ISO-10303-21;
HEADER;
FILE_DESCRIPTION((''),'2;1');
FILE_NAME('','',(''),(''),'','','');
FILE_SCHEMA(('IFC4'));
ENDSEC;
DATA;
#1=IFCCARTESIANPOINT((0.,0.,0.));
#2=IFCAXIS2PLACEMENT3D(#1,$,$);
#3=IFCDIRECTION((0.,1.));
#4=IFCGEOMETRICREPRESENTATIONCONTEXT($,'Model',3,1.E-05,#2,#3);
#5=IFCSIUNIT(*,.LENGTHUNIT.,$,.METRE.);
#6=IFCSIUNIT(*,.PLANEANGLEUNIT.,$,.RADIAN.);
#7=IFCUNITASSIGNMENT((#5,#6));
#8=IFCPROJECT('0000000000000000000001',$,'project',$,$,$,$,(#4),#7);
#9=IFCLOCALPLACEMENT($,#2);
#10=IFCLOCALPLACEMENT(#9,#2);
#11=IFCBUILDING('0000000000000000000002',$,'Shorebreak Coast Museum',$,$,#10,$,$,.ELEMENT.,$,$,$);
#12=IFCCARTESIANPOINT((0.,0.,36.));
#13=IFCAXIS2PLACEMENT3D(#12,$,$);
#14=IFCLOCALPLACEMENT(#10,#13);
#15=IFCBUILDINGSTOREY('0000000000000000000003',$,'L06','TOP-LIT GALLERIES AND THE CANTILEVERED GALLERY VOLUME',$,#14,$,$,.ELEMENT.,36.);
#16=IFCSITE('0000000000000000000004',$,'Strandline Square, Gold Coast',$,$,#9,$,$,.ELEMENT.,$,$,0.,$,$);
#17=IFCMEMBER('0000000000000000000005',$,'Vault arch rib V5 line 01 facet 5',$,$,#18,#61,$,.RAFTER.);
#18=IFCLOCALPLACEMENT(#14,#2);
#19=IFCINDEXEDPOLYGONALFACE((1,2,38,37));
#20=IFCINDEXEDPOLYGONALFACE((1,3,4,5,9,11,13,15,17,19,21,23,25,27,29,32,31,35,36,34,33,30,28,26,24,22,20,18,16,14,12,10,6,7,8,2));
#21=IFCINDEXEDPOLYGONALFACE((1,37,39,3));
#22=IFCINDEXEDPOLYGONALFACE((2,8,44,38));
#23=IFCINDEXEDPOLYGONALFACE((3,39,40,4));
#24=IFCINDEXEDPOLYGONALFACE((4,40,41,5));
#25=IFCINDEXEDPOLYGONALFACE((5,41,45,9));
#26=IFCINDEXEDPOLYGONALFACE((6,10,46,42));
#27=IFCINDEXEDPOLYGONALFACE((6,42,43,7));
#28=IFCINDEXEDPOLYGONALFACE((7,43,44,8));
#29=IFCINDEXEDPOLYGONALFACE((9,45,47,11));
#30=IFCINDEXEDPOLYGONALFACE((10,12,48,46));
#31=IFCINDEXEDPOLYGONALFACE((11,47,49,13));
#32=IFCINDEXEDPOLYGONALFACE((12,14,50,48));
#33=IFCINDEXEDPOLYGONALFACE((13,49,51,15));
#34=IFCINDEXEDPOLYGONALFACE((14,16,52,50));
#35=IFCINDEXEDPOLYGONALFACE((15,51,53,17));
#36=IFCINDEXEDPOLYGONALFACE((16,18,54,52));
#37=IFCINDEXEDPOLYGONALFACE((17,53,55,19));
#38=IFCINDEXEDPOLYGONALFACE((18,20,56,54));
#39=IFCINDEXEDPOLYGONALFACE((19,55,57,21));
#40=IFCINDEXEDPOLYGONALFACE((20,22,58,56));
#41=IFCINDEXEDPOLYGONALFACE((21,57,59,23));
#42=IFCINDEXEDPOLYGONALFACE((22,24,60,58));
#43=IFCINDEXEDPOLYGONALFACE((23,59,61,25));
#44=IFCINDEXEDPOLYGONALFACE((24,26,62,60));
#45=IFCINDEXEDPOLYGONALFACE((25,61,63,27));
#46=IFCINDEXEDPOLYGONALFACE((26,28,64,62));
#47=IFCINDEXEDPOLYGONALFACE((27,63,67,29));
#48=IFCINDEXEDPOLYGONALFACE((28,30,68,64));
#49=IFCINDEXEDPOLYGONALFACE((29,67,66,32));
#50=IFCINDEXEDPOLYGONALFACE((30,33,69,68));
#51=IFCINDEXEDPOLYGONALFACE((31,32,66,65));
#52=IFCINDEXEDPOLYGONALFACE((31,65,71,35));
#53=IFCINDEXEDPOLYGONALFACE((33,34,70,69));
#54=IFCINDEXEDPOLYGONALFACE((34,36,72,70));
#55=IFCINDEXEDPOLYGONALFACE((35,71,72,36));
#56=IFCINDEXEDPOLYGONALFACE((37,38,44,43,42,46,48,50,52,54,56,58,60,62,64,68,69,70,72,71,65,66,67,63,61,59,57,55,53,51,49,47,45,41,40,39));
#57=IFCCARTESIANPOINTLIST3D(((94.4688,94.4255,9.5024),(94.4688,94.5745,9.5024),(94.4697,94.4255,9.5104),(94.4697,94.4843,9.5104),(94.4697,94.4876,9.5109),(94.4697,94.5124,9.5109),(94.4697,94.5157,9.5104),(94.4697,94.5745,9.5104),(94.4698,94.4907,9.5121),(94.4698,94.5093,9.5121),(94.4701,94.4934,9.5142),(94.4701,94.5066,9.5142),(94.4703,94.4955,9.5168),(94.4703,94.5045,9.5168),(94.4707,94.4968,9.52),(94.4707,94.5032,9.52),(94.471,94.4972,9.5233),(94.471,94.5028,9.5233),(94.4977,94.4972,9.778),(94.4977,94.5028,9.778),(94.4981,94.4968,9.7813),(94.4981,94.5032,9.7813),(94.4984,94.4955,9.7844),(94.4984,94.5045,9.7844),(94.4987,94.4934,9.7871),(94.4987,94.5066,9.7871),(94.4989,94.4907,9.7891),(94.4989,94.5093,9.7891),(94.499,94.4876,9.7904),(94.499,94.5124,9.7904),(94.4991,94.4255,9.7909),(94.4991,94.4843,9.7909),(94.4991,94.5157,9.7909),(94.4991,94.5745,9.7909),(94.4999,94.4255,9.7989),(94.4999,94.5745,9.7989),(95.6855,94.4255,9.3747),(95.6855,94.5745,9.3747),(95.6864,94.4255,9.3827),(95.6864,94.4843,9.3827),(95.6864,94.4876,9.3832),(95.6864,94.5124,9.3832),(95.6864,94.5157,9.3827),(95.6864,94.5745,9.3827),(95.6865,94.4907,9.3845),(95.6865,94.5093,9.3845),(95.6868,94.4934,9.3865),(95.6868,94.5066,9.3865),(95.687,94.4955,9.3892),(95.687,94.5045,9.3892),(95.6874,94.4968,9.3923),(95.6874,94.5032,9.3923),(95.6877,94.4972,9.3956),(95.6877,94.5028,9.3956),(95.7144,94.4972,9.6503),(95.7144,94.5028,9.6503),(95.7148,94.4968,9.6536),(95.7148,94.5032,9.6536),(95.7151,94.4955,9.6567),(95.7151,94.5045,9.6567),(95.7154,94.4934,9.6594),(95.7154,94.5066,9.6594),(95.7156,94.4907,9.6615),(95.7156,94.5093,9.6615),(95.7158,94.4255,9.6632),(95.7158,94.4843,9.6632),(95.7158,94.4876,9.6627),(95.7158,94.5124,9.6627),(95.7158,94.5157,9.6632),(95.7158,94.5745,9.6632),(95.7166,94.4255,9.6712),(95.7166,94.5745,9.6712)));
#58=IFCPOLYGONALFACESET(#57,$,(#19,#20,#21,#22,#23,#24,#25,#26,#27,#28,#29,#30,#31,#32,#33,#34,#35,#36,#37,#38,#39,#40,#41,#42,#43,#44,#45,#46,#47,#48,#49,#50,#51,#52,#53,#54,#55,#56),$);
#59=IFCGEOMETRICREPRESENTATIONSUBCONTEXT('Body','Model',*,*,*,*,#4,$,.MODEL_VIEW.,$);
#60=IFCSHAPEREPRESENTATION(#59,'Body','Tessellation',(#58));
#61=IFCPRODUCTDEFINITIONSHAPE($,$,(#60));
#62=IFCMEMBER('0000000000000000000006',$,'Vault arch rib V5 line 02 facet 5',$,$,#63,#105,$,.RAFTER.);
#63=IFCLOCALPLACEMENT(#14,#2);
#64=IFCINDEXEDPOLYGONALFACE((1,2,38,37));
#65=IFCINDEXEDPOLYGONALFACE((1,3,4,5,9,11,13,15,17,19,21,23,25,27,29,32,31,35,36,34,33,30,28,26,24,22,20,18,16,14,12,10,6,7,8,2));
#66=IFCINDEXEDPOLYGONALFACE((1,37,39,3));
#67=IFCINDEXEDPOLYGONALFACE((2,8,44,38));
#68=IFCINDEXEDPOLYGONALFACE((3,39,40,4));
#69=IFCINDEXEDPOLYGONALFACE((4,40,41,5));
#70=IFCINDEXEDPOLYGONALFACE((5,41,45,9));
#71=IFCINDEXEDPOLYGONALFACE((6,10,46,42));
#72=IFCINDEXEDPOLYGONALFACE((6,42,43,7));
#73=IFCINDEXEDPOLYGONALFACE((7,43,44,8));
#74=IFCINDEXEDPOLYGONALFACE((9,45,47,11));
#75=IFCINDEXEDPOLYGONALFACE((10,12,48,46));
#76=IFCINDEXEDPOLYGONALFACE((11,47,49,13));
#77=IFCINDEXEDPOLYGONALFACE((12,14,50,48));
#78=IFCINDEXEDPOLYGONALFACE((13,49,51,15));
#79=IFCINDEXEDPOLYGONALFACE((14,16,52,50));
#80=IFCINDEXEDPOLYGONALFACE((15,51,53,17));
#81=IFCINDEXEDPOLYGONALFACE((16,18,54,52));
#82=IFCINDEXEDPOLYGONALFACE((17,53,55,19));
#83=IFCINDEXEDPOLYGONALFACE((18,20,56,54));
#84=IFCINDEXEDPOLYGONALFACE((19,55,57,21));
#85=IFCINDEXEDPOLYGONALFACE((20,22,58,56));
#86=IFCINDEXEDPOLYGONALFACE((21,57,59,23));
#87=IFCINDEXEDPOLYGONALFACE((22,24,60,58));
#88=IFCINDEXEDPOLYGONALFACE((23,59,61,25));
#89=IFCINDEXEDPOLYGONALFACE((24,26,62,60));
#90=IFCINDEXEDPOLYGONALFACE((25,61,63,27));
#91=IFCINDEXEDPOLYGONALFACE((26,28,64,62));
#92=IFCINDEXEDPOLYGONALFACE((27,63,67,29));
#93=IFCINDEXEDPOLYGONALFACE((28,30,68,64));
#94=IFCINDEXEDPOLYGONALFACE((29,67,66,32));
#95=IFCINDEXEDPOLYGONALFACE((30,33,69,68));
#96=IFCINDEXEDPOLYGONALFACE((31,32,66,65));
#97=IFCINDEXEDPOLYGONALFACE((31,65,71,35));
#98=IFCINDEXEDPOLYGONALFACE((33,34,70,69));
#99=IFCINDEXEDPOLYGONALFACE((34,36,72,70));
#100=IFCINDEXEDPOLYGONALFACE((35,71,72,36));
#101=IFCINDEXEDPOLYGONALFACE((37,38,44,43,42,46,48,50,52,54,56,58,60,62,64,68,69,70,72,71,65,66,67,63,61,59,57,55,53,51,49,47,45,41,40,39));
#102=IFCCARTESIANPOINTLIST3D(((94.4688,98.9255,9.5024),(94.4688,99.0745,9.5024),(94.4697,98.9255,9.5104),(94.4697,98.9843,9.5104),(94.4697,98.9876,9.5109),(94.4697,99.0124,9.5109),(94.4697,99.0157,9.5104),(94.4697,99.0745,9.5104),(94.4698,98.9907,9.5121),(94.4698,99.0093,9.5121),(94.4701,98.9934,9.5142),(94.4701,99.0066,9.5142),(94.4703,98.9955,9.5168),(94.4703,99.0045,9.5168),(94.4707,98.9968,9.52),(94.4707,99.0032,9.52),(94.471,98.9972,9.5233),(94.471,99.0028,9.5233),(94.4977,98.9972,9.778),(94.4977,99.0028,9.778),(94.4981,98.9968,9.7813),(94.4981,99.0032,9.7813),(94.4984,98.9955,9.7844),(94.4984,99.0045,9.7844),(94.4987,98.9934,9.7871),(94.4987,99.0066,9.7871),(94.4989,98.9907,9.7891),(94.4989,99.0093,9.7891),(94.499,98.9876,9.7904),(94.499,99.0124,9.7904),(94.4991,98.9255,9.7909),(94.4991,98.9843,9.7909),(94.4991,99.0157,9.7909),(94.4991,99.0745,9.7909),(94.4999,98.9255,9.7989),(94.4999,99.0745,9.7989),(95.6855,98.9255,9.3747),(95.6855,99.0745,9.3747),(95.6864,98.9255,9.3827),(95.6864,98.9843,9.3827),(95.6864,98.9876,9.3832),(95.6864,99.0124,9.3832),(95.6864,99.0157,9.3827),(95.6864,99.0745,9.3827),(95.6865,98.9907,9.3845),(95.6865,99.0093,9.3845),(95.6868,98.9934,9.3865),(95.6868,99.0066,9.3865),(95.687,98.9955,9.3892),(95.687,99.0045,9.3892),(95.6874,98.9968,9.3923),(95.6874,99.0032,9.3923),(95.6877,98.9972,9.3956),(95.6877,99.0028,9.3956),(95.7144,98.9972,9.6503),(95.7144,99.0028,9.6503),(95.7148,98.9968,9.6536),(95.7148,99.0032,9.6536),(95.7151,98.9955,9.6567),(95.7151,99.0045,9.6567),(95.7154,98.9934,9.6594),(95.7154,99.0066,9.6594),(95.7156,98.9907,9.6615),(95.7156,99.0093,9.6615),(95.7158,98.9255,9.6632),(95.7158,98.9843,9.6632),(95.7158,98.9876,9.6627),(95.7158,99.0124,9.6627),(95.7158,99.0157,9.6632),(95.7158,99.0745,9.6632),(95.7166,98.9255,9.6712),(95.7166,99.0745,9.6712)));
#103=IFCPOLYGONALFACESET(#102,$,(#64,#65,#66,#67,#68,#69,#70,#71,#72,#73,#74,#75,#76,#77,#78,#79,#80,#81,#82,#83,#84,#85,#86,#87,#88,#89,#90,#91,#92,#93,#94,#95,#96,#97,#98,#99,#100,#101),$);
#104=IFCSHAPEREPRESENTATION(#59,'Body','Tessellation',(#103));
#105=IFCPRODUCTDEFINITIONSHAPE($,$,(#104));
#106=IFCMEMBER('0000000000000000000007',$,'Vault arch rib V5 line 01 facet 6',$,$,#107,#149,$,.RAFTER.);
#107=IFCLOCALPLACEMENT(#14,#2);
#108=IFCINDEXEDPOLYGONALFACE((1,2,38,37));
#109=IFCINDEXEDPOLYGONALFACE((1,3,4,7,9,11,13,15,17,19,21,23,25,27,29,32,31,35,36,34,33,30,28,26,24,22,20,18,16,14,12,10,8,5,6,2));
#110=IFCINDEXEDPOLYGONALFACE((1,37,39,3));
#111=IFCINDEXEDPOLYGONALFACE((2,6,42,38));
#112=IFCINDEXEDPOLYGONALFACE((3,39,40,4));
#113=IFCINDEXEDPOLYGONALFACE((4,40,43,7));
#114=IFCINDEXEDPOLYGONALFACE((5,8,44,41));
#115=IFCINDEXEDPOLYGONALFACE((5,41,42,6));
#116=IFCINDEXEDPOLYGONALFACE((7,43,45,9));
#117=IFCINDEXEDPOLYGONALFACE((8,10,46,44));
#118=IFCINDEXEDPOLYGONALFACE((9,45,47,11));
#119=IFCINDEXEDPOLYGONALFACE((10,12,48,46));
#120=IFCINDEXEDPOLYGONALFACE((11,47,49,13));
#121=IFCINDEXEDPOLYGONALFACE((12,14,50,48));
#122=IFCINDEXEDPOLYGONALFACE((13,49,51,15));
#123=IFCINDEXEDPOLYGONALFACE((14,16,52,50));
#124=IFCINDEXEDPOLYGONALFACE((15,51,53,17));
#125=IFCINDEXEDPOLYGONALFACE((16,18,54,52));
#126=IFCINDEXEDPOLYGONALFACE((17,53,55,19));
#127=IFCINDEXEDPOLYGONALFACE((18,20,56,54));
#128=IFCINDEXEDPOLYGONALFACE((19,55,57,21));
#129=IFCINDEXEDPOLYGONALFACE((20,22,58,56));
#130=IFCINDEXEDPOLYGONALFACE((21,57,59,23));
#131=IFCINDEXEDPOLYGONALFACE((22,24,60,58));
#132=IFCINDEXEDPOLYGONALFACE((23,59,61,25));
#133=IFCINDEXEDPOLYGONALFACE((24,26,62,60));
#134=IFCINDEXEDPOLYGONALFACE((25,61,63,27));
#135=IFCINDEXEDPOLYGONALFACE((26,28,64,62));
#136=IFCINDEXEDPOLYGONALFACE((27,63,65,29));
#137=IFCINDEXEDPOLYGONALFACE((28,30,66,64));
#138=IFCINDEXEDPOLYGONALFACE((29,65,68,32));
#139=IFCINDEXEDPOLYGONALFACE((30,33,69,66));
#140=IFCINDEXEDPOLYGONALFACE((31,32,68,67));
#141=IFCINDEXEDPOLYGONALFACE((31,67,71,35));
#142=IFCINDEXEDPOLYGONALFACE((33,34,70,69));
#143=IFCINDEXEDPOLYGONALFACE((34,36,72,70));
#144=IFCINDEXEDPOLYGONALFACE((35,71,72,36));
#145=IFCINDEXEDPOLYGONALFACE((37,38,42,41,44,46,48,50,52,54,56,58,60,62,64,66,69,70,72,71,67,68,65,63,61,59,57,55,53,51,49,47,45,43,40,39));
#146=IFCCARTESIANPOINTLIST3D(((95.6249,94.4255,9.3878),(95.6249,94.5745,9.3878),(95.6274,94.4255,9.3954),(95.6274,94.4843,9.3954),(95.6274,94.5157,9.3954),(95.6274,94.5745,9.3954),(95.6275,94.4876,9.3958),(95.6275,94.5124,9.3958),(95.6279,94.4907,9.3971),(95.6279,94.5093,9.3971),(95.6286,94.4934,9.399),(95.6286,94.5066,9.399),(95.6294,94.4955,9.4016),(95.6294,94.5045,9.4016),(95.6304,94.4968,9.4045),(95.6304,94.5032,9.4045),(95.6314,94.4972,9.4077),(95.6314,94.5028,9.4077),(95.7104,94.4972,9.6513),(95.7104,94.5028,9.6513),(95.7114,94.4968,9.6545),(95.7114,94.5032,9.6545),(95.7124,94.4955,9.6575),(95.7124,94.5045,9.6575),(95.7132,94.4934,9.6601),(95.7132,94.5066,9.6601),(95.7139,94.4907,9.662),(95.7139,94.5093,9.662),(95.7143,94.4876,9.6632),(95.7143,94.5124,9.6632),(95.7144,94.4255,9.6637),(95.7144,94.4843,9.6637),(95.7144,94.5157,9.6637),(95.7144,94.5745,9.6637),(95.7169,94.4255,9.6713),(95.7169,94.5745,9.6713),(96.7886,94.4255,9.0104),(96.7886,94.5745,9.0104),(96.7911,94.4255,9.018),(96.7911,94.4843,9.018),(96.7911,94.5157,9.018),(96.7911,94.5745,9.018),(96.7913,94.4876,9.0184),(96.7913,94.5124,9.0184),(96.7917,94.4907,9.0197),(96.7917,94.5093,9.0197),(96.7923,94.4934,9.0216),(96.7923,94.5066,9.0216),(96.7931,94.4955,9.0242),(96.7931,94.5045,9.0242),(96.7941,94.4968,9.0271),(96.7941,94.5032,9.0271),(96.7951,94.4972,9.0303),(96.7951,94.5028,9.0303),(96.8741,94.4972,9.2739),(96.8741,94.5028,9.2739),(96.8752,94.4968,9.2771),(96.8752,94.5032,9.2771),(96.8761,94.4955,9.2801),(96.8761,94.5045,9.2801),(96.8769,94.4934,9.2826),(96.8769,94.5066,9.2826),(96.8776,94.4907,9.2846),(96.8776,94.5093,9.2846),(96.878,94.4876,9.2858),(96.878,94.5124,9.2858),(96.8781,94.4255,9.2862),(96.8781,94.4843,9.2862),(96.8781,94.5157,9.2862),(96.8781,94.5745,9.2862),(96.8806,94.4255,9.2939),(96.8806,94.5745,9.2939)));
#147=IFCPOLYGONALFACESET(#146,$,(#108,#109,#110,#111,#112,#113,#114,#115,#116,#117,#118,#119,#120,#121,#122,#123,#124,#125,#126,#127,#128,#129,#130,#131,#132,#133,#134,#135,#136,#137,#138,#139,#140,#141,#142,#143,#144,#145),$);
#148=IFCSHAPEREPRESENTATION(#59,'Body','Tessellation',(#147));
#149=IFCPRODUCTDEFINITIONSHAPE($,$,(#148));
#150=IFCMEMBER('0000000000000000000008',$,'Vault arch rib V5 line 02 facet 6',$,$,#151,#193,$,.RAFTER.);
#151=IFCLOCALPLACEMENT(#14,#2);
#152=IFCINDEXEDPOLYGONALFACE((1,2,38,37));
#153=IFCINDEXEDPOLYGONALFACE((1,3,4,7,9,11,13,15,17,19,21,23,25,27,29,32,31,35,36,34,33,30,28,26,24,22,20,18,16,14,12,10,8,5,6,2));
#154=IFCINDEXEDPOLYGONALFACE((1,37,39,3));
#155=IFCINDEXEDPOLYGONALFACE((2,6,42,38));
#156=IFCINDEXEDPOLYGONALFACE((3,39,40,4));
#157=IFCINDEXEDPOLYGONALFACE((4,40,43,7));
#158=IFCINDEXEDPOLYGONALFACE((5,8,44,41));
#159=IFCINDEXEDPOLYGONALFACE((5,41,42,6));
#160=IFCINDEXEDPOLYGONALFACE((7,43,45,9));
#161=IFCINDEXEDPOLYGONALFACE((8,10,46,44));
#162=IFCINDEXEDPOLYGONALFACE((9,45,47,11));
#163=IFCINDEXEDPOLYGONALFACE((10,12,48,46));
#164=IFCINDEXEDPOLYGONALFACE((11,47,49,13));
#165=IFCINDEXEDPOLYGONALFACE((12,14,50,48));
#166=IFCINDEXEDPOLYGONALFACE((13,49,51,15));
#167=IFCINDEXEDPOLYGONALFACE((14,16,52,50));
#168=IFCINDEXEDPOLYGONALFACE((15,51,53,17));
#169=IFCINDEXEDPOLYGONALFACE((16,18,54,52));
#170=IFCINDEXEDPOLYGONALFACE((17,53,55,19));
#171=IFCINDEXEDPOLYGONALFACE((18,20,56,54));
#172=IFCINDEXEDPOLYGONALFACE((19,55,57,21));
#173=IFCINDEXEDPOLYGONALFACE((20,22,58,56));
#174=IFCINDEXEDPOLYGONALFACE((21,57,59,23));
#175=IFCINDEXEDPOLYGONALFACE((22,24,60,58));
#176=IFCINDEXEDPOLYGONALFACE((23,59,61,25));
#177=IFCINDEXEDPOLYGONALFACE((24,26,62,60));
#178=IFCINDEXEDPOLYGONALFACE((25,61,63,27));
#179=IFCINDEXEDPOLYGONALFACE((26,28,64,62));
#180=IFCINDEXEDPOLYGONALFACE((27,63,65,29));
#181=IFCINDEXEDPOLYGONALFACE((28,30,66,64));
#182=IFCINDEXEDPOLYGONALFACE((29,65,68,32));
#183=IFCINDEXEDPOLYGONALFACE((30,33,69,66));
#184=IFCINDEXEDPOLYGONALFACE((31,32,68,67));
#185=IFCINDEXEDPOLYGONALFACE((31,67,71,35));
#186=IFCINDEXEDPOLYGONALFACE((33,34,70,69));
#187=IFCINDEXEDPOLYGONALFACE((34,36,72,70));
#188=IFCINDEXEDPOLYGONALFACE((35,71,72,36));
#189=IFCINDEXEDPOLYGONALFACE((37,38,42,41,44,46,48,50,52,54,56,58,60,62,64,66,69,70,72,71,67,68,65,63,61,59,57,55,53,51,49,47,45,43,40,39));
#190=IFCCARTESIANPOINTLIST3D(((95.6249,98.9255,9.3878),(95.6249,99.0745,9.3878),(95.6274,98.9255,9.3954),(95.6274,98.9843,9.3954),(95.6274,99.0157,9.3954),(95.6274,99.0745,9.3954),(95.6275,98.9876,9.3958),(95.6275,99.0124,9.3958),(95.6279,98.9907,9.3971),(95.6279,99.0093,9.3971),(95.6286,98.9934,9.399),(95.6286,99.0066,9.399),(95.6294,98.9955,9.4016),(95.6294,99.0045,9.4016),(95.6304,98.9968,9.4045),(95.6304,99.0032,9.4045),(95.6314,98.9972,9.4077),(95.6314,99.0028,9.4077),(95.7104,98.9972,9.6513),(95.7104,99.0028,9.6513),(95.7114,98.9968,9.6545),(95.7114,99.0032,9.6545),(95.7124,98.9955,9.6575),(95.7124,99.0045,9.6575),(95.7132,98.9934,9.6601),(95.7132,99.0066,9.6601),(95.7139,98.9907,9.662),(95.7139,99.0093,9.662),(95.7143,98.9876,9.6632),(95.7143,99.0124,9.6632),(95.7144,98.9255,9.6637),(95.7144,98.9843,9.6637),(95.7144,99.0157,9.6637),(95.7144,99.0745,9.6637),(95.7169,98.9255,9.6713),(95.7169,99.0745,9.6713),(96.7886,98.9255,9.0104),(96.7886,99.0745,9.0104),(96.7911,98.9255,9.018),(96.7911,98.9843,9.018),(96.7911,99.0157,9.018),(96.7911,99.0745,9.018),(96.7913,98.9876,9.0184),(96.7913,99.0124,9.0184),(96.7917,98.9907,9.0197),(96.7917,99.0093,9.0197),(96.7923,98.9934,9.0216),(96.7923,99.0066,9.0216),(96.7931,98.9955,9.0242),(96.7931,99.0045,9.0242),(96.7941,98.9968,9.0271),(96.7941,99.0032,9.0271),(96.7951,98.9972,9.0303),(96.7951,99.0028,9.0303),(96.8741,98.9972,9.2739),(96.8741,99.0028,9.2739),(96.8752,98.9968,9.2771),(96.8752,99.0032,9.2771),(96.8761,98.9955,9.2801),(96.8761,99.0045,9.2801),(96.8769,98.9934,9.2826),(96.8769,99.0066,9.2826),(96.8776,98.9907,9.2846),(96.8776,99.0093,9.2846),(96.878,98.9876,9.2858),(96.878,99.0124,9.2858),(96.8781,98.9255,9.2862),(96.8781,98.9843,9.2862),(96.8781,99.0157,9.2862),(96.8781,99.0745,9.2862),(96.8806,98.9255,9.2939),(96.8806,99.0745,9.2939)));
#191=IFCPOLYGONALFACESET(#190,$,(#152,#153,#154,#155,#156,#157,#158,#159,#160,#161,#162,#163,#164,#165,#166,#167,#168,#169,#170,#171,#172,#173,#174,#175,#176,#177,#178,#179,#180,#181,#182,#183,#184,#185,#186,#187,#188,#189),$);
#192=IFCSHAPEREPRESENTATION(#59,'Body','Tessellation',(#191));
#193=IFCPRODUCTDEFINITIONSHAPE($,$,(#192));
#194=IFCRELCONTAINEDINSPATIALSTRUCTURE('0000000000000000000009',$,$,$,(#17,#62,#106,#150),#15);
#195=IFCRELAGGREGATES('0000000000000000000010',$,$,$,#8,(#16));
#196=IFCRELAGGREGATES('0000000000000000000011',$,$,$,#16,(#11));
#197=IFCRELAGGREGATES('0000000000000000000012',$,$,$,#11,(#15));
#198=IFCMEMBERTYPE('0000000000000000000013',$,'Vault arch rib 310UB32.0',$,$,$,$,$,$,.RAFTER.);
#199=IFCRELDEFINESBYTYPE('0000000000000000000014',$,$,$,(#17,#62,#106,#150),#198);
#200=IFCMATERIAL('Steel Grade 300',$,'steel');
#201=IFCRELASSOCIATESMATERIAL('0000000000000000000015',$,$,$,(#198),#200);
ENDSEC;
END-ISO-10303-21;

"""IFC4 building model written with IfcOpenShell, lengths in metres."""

from ifc_helpers import new_model, si_unit, direction, frame, origin, origin_2d, place, context, subcontext, project, spatial, i_section, extrude, material, material_profile, profile_set, type_object, element, save


model = new_model("IFC4")

# Units and contexts
model_context = context("Model", 3, precision=1e-05, world=origin(), true_north=direction((0.0, 1.0)))
body_context = subcontext(model_context, "Body", "Model", "MODEL_VIEW")
ifc_project = project(units=[si_unit("LENGTHUNIT", "METRE"), si_unit("PLANEANGLEUNIT", "RADIAN")], contexts=[model_context])

# Site, building, storey
site_placement = place(None, origin())
site = spatial("IfcSite", under=ifc_project, at=site_placement, Name="Strandline Square, Gold Coast", CompositionType="ELEMENT", RefElevation=0.0)
building_placement = place(site_placement, origin())
building = spatial("IfcBuilding", under=site, at=building_placement, Name="Shorebreak Coast Museum", CompositionType="ELEMENT")
storey_placement = place(building_placement, frame((0.0, 0.0, 36.0)))
storey = spatial("IfcBuildingStorey", under=building, at=storey_placement, Name="L06", Description="TOP-LIT GALLERIES AND THE CANTILEVERED GALLERY VOLUME", CompositionType="ELEMENT", Elevation=36.0)

# Members
ifc_material_1 = material(Name="Steel Grade 300", Category="steel")
ifc_material_profile_1 = material_profile(ifc_material_1, i_section(OverallWidth=0.1489, OverallDepth=0.2981, WebThickness=0.0056, FlangeThickness=0.0081, FilletRadius=0.0129, at=origin_2d()), Name="310UB32.0")
ifc_profile_set_1 = profile_set([ifc_material_profile_1], Name="Steel Grade 300")
member_type_1 = type_object("IfcMemberType", Name="Vault arch rib 310UB32.0", PredefinedType="RAFTER", material=ifc_profile_set_1)
for number, where, z_axis, x_axis, name in (
    (1, (94.4844, 94.5, 9.6506), (0.994539, 0.0, -0.104363), (0.0, 1.0, 0.0), "Vault arch rib V5 line 01 facet 5"),
    (2, (94.4844, 99.0, 9.6506), (0.994539, 0.0, -0.104363), (0.0, 1.0, 0.0), "Vault arch rib V5 line 02 facet 5"),
    (3, (95.6709, 94.5, 9.5295), (0.951226, 0.0, -0.308495), (0.0, 1.0, 0.0), "Vault arch rib V5 line 01 facet 6"),
    (4, (95.6709, 99.0, 9.5295), (0.951226, 0.0, -0.308495), (0.0, 1.0, 0.0), "Vault arch rib V5 line 02 facet 6"),
):
    element("IfcMember", number, at=place(storey_placement, frame(where, z_axis=z_axis, x_axis=x_axis)), inside=storey, type_object=member_type_1, Name=name, PredefinedType="RAFTER", context=body_context, shape_type="SweptSolid", body=[
        extrude(i_section(OverallWidth=0.1489, OverallDepth=0.2981, WebThickness=0.0056, FlangeThickness=0.0081, FilletRadius=0.0129, at=origin_2d()), origin(), (0.0, 0.0, 1.0), 1.2234),
    ])

save(model, "model.ifc")
